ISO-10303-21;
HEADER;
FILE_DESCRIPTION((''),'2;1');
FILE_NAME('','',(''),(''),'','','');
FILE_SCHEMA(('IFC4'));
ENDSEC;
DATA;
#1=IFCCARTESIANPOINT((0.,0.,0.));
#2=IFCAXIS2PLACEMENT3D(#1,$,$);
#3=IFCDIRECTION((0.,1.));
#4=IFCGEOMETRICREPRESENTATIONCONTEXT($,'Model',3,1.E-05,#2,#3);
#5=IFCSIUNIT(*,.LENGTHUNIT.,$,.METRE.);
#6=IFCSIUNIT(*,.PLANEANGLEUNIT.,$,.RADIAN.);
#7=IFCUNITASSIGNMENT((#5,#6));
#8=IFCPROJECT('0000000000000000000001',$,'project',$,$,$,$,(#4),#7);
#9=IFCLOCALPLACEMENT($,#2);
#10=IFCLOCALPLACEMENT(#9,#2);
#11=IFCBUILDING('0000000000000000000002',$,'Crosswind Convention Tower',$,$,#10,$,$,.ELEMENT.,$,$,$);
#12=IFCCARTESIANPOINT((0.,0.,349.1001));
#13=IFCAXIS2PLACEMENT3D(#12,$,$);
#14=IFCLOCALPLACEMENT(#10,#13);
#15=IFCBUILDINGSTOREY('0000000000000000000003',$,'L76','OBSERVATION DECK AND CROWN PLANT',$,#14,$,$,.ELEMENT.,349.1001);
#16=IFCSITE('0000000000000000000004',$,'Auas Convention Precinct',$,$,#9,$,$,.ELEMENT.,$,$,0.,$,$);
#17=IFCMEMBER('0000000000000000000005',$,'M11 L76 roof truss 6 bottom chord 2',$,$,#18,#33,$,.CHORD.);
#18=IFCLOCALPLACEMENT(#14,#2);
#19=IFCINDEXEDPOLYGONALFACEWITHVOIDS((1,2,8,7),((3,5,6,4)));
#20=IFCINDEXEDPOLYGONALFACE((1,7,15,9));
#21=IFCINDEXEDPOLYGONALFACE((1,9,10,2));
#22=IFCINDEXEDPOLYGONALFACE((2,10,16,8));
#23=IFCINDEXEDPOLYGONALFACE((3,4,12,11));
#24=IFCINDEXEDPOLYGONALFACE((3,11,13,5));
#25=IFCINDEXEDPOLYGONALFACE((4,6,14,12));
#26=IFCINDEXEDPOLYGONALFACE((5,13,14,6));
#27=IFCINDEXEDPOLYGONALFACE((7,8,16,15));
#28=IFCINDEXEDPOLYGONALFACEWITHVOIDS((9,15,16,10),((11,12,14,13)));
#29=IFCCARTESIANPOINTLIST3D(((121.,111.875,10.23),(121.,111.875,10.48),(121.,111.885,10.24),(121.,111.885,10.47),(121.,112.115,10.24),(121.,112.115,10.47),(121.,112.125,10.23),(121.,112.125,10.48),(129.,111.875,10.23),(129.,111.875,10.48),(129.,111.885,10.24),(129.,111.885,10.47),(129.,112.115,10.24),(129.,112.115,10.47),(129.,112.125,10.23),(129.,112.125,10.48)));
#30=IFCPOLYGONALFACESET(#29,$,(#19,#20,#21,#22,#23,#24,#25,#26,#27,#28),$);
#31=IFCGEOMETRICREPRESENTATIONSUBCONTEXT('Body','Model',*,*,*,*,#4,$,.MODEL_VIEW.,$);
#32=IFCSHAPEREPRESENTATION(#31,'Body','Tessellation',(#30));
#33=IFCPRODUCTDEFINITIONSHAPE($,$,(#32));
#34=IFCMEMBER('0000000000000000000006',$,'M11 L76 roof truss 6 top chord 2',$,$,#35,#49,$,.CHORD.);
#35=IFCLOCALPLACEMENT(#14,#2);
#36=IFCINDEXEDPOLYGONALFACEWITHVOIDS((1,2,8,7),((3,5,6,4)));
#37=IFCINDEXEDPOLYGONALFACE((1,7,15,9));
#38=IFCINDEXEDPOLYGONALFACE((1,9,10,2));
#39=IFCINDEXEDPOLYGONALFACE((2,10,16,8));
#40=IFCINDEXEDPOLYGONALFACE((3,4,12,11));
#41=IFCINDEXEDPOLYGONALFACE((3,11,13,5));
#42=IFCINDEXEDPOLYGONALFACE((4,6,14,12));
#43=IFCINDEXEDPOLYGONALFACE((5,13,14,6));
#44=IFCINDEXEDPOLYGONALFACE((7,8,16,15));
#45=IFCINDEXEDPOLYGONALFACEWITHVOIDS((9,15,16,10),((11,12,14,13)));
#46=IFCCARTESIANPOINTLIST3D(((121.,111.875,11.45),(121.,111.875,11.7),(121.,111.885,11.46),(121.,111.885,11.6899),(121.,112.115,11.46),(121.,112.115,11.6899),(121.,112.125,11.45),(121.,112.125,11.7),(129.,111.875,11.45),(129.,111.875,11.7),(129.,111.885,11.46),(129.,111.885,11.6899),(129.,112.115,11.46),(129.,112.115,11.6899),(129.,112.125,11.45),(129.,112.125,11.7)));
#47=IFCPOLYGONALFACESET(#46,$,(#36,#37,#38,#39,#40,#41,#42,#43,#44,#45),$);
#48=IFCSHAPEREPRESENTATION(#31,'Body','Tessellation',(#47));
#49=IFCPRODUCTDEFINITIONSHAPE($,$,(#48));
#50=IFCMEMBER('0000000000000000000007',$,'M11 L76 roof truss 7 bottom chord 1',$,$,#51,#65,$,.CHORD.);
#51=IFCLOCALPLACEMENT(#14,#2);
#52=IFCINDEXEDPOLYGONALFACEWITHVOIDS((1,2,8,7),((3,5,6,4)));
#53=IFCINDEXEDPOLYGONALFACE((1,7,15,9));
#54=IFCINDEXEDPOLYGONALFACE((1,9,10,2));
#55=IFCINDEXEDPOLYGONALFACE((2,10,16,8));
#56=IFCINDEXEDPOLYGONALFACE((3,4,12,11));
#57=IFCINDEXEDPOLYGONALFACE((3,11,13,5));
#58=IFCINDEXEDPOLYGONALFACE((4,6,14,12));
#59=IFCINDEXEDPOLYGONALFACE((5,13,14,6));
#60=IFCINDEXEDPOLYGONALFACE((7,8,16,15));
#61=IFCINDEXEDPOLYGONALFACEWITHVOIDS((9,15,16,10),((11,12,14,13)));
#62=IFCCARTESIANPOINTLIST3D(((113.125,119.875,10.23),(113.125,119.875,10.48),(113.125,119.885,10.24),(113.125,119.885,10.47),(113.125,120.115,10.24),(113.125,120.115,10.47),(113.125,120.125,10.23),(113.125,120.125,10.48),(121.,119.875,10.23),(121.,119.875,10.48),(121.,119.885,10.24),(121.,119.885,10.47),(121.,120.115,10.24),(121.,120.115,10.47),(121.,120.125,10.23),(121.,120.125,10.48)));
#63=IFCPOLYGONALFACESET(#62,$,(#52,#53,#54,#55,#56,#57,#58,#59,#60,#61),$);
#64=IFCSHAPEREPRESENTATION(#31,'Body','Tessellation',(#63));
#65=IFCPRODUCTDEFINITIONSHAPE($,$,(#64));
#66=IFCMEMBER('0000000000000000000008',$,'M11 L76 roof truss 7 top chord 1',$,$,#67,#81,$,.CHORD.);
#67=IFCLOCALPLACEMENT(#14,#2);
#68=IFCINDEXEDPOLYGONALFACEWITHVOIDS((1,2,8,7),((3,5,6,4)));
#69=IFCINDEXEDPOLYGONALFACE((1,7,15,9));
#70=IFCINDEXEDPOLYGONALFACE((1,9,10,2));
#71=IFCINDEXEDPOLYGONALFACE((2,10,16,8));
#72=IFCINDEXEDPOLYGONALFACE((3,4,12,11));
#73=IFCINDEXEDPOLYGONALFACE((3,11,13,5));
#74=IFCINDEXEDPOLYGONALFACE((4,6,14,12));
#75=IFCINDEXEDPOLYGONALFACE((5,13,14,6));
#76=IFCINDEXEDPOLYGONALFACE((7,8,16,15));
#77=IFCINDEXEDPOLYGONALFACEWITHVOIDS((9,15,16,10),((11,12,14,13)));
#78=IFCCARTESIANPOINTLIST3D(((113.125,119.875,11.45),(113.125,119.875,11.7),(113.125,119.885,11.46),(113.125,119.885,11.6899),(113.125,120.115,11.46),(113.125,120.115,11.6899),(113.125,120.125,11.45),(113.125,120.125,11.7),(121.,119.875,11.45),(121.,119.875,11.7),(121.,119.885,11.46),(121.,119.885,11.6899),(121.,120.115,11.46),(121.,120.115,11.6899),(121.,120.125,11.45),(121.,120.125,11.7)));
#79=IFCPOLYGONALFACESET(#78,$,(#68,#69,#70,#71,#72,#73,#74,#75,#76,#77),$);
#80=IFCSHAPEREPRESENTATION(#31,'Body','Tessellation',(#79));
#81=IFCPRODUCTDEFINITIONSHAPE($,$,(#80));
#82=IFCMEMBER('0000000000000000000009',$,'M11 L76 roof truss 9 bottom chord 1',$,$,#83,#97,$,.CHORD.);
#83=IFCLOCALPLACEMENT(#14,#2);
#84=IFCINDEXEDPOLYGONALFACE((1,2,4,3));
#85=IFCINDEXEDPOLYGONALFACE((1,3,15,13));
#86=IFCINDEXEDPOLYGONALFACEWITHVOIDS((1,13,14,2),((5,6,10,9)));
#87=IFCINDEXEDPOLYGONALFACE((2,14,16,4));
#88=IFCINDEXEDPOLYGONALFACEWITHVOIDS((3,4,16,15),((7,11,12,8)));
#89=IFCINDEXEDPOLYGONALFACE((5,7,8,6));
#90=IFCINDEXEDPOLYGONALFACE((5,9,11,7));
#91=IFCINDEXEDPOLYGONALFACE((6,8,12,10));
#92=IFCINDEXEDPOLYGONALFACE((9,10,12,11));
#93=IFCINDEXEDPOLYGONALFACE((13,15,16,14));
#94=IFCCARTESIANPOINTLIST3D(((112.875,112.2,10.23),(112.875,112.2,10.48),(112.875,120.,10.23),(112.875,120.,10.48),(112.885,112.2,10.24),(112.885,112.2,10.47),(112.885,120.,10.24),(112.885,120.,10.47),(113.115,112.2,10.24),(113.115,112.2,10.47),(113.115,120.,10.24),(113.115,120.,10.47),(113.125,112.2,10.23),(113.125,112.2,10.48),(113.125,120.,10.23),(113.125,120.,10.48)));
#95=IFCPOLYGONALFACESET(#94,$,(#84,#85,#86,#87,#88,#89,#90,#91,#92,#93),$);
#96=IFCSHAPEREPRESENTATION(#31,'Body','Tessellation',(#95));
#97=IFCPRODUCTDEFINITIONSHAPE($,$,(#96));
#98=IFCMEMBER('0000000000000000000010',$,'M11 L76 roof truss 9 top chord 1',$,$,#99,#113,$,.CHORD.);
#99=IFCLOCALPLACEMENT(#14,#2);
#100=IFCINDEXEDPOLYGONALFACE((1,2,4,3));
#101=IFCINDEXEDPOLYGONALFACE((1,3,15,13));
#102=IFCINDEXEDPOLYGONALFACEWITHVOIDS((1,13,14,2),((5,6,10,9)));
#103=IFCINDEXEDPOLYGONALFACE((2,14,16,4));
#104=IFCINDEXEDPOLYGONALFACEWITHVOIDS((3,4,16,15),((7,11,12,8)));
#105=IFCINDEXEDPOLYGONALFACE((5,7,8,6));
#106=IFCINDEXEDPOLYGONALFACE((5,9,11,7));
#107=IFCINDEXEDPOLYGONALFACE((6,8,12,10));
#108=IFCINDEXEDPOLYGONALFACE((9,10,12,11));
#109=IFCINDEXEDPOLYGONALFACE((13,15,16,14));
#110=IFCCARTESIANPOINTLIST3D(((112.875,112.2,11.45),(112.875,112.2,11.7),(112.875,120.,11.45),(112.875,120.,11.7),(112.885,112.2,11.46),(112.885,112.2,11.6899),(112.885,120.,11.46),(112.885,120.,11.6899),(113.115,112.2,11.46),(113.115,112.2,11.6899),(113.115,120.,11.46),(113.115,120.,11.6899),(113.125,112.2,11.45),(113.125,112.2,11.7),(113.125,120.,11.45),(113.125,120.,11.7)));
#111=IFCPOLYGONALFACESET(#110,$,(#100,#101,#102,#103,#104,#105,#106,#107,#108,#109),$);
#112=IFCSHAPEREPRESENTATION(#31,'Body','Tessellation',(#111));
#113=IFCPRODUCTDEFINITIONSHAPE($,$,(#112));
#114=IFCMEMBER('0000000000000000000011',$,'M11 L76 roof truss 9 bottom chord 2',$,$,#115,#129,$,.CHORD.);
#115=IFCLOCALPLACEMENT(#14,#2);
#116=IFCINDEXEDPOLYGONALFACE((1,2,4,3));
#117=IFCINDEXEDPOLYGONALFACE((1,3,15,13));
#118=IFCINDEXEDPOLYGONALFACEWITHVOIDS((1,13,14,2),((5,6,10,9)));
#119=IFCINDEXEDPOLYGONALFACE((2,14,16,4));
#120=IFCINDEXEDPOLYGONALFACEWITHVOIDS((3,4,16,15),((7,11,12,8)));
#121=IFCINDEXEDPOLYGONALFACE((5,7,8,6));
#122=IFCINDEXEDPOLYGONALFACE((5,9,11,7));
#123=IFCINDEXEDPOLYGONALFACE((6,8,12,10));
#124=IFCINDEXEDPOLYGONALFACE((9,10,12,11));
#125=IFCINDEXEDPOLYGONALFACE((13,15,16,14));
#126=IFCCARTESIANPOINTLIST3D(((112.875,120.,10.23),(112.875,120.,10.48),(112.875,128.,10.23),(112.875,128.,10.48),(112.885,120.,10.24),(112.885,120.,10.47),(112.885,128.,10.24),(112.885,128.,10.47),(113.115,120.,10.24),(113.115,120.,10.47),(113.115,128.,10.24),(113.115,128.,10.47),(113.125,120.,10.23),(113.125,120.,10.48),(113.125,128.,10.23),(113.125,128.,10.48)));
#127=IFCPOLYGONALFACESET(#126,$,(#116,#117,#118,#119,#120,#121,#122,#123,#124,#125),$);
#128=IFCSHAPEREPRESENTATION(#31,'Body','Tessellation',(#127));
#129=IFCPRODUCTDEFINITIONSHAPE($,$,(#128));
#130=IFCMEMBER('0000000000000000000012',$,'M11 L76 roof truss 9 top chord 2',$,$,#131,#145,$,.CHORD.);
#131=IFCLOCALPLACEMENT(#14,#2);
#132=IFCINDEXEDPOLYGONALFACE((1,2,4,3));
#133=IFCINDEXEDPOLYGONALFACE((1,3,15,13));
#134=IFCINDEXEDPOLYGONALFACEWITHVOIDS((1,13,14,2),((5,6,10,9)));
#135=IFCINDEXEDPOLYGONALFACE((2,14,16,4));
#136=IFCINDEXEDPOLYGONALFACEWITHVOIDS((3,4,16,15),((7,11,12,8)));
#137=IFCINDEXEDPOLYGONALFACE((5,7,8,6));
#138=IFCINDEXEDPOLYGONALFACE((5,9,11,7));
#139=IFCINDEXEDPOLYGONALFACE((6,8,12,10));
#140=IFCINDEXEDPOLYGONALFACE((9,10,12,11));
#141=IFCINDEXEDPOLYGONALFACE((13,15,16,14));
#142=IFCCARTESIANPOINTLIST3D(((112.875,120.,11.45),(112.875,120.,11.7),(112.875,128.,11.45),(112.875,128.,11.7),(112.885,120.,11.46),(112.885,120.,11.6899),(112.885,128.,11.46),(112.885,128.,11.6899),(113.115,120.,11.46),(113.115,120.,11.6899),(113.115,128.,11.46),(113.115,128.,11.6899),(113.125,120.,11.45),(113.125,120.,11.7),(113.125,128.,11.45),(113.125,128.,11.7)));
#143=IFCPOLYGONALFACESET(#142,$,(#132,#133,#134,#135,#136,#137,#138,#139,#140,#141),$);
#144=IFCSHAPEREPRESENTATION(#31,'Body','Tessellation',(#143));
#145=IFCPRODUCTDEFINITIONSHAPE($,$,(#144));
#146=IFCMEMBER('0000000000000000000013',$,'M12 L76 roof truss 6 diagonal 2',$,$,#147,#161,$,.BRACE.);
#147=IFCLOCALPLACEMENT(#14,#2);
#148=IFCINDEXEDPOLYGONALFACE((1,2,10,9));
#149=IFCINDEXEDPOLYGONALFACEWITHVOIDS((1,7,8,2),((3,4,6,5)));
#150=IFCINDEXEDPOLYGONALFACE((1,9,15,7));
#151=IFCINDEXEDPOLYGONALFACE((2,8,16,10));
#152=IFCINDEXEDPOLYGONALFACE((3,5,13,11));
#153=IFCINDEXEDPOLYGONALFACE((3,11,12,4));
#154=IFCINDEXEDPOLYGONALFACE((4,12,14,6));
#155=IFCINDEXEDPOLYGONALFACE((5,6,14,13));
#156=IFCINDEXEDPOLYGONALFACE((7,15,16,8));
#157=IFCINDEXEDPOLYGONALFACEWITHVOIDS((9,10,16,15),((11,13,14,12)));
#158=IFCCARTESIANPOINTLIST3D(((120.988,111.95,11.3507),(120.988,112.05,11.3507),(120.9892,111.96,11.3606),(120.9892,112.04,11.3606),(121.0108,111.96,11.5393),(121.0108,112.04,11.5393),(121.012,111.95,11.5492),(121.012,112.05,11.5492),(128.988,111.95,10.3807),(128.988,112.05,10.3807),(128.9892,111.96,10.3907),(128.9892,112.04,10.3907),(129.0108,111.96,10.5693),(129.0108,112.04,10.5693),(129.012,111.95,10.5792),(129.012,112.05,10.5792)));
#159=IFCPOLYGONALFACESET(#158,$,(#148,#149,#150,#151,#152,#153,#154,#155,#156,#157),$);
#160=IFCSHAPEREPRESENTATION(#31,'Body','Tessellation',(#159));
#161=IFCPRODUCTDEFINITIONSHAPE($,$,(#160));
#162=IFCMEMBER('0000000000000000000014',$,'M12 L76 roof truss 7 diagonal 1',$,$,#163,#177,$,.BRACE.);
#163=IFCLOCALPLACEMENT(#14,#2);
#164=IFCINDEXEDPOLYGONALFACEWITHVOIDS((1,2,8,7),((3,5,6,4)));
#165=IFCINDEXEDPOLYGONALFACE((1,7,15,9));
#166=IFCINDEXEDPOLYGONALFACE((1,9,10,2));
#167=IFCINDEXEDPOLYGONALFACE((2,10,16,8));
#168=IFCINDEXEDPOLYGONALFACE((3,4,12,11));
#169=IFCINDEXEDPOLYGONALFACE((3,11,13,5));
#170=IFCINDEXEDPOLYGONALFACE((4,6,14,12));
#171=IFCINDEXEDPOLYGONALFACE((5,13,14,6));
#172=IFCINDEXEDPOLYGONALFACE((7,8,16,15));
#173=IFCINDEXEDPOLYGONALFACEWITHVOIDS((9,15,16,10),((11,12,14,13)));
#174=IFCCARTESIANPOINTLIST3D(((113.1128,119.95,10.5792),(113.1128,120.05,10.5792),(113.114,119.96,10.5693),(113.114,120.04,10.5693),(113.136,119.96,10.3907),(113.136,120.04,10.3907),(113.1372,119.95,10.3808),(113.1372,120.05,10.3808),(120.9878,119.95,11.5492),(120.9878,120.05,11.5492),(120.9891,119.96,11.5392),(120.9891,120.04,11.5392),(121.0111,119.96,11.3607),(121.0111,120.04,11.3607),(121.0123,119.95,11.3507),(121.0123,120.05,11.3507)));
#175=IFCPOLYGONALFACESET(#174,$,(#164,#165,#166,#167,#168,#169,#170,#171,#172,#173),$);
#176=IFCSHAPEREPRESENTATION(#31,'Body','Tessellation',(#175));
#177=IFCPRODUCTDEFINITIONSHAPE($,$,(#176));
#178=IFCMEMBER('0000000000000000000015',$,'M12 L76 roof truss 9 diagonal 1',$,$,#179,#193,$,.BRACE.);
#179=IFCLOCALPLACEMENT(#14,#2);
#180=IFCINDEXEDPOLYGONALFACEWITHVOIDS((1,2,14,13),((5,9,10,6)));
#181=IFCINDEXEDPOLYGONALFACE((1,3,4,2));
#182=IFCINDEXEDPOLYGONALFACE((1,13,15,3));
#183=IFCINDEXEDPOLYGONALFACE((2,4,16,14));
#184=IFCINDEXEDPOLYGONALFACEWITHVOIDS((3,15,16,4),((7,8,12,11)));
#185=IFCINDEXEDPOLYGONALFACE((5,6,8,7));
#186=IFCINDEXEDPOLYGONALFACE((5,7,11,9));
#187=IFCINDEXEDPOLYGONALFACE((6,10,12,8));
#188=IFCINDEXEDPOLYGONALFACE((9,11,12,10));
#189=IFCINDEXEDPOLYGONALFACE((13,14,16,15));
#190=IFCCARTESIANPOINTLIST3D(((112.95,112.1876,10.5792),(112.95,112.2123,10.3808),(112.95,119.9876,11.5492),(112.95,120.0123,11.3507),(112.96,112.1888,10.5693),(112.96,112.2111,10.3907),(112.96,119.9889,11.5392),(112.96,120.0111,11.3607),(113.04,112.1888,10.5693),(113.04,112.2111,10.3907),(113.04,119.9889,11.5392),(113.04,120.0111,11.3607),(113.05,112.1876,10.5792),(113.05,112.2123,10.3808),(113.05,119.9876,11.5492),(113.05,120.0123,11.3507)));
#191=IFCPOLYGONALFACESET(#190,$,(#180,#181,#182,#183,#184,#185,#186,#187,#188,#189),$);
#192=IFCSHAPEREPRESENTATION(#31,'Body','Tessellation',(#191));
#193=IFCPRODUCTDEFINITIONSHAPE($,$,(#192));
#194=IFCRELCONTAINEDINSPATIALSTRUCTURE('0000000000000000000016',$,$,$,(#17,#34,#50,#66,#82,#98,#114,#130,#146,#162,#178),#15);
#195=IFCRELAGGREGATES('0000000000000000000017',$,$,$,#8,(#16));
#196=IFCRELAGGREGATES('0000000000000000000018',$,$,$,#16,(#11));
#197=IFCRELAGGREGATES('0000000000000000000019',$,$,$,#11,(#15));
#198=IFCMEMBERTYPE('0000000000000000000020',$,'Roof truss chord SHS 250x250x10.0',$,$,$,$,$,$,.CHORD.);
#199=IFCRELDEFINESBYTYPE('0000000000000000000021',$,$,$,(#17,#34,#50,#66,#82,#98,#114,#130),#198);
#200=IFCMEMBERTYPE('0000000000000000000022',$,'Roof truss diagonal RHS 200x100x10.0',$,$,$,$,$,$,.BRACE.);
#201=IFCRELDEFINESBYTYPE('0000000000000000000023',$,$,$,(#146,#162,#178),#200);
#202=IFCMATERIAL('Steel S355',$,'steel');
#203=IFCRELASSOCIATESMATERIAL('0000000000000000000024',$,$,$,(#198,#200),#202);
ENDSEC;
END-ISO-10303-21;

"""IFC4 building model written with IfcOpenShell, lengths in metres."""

from ifc_helpers import new_model, si_unit, direction, frame, origin, origin_2d, place, context, subcontext, project, spatial, hollow_rectangle, extrude, material, material_profile, profile_set, type_object, element, save


model = new_model("IFC4")

# Units and contexts
model_context = context("Model", 3, precision=1e-05, world=origin(), true_north=direction((0.0, 1.0)))
body_context = subcontext(model_context, "Body", "Model", "MODEL_VIEW")
ifc_project = project(units=[si_unit("LENGTHUNIT", "METRE"), si_unit("PLANEANGLEUNIT", "RADIAN")], contexts=[model_context])

# Site, building, storey
site_placement = place(None, origin())
site = spatial("IfcSite", under=ifc_project, at=site_placement, Name="Auas Convention Precinct", CompositionType="ELEMENT", RefElevation=0.0)
building_placement = place(site_placement, origin())
building = spatial("IfcBuilding", under=site, at=building_placement, Name="Crosswind Convention Tower", CompositionType="ELEMENT")
storey_placement = place(building_placement, frame((0.0, 0.0, 349.1001)))
storey = spatial("IfcBuildingStorey", under=building, at=storey_placement, Name="L76", Description="OBSERVATION DECK AND CROWN PLANT", CompositionType="ELEMENT", Elevation=349.1001)

# Shared definitions
ifc_material_1 = material(Name="Steel S355", Category="steel")

# Members
ifc_material_profile_1 = material_profile(ifc_material_1, hollow_rectangle(XDim=0.25, YDim=0.25, WallThickness=0.01, at=origin_2d()), Name="SHS 250x250x10.0")
ifc_profile_set_1 = profile_set([ifc_material_profile_1], Name="Steel S355")
member_type_1 = type_object("IfcMemberType", Name="Roof truss chord SHS 250x250x10.0", PredefinedType="CHORD", material=ifc_profile_set_1)
for number, where, z_axis, x_axis, name in (
    (1, (121.0, 112.0, 10.355), (1.0, 0.0, 0.0), (0.0, 1.0, 0.0), "M11 L76 roof truss 6 bottom chord 2"),
    (2, (121.0, 112.0, 11.575), (1.0, 0.0, 0.0), (0.0, 1.0, 0.0), "M11 L76 roof truss 6 top chord 2"),
):
    element("IfcMember", number, at=place(storey_placement, frame(where, z_axis=z_axis, x_axis=x_axis)), inside=storey, type_object=member_type_1, Name=name, PredefinedType="CHORD", context=body_context, shape_type="SweptSolid", body=[
        extrude(hollow_rectangle(XDim=0.25, YDim=0.25, WallThickness=0.01, at=origin_2d()), origin(), (0.0, 0.0, 1.0), 8.0),
    ])
for number, where, z_axis, x_axis, name in (
    (3, (113.125, 120.0, 10.355), (1.0, 0.0, 0.0), (0.0, 1.0, 0.0), "M11 L76 roof truss 7 bottom chord 1"),
    (4, (113.125, 120.0, 11.575), (1.0, 0.0, 0.0), (0.0, 1.0, 0.0), "M11 L76 roof truss 7 top chord 1"),
):
    element("IfcMember", number, at=place(storey_placement, frame(where, z_axis=z_axis, x_axis=x_axis)), inside=storey, type_object=member_type_1, Name=name, PredefinedType="CHORD", context=body_context, shape_type="SweptSolid", body=[
        extrude(hollow_rectangle(XDim=0.25, YDim=0.25, WallThickness=0.01, at=origin_2d()), origin(), (0.0, 0.0, 1.0), 7.875),
    ])
for number, where, z_axis, x_axis, name in (
    (5, (113.0, 112.2, 10.355), (0.0, 1.0, 0.0), (-1.0, 0.0, 0.0), "M11 L76 roof truss 9 bottom chord 1"),
    (6, (113.0, 112.2, 11.575), (0.0, 1.0, 0.0), (-1.0, 0.0, 0.0), "M11 L76 roof truss 9 top chord 1"),
):
    element("IfcMember", number, at=place(storey_placement, frame(where, z_axis=z_axis, x_axis=x_axis)), inside=storey, type_object=member_type_1, Name=name, PredefinedType="CHORD", context=body_context, shape_type="SweptSolid", body=[
        extrude(hollow_rectangle(XDim=0.25, YDim=0.25, WallThickness=0.01, at=origin_2d()), origin(), (0.0, 0.0, 1.0), 7.8),
    ])
for number, where, z_axis, x_axis, name in (
    (7, (113.0, 120.0, 10.355), (0.0, 1.0, 0.0), (-1.0, 0.0, 0.0), "M11 L76 roof truss 9 bottom chord 2"),
    (8, (113.0, 120.0, 11.575), (0.0, 1.0, 0.0), (-1.0, 0.0, 0.0), "M11 L76 roof truss 9 top chord 2"),
):
    element("IfcMember", number, at=place(storey_placement, frame(where, z_axis=z_axis, x_axis=x_axis)), inside=storey, type_object=member_type_1, Name=name, PredefinedType="CHORD", context=body_context, shape_type="SweptSolid", body=[
        extrude(hollow_rectangle(XDim=0.25, YDim=0.25, WallThickness=0.01, at=origin_2d()), origin(), (0.0, 0.0, 1.0), 8.0),
    ])
ifc_material_profile_2 = material_profile(ifc_material_1, hollow_rectangle(XDim=0.1001, YDim=0.2, WallThickness=0.01, at=origin_2d()), Name="RHS 200x100x10.0")
ifc_profile_set_2 = profile_set([ifc_material_profile_2], Name="Steel S355")
member_type_2 = type_object("IfcMemberType", Name="Roof truss diagonal RHS 200x100x10.0", PredefinedType="BRACE", material=ifc_profile_set_2)
member_1_placement = place(storey_placement, frame((121.0, 112.0, 11.45), z_axis=(0.99273, 0.0, -0.120365), x_axis=(0.0, 1.0, 0.0)))
element("IfcMember", 9, at=member_1_placement, inside=storey, type_object=member_type_2, Name="M12 L76 roof truss 6 diagonal 2", PredefinedType="BRACE", context=body_context, shape_type="SweptSolid", body=[
    extrude(hollow_rectangle(XDim=0.1001, YDim=0.2, WallThickness=0.01, at=origin_2d()), origin(), (0.0, 0.0, 1.0), 8.0586),
])
member_2_placement = place(storey_placement, frame((113.125, 120.0, 10.48), z_axis=(0.9925, 0.0, 0.122247), x_axis=(0.0, 1.0, 0.0)))
element("IfcMember", 10, at=member_2_placement, inside=storey, type_object=member_type_2, Name="M12 L76 roof truss 7 diagonal 1", PredefinedType="BRACE", context=body_context, shape_type="SweptSolid", body=[
    extrude(hollow_rectangle(XDim=0.1001, YDim=0.2, WallThickness=0.01, at=origin_2d()), origin(), (0.0, 0.0, 1.0), 7.9346),
])
member_3_placement = place(storey_placement, frame((113.0, 112.2, 10.48), z_axis=(0.0, 0.992357, 0.123404), x_axis=(-1.0, 0.0, 0.0)))
element("IfcMember", 11, at=member_3_placement, inside=storey, type_object=member_type_2, Name="M12 L76 roof truss 9 diagonal 1", PredefinedType="BRACE", context=body_context, shape_type="SweptSolid", body=[
    extrude(hollow_rectangle(XDim=0.1001, YDim=0.2, WallThickness=0.01, at=origin_2d()), origin(), (0.0, 0.0, 1.0), 7.8601),
])

save(model, "model.ifc")
